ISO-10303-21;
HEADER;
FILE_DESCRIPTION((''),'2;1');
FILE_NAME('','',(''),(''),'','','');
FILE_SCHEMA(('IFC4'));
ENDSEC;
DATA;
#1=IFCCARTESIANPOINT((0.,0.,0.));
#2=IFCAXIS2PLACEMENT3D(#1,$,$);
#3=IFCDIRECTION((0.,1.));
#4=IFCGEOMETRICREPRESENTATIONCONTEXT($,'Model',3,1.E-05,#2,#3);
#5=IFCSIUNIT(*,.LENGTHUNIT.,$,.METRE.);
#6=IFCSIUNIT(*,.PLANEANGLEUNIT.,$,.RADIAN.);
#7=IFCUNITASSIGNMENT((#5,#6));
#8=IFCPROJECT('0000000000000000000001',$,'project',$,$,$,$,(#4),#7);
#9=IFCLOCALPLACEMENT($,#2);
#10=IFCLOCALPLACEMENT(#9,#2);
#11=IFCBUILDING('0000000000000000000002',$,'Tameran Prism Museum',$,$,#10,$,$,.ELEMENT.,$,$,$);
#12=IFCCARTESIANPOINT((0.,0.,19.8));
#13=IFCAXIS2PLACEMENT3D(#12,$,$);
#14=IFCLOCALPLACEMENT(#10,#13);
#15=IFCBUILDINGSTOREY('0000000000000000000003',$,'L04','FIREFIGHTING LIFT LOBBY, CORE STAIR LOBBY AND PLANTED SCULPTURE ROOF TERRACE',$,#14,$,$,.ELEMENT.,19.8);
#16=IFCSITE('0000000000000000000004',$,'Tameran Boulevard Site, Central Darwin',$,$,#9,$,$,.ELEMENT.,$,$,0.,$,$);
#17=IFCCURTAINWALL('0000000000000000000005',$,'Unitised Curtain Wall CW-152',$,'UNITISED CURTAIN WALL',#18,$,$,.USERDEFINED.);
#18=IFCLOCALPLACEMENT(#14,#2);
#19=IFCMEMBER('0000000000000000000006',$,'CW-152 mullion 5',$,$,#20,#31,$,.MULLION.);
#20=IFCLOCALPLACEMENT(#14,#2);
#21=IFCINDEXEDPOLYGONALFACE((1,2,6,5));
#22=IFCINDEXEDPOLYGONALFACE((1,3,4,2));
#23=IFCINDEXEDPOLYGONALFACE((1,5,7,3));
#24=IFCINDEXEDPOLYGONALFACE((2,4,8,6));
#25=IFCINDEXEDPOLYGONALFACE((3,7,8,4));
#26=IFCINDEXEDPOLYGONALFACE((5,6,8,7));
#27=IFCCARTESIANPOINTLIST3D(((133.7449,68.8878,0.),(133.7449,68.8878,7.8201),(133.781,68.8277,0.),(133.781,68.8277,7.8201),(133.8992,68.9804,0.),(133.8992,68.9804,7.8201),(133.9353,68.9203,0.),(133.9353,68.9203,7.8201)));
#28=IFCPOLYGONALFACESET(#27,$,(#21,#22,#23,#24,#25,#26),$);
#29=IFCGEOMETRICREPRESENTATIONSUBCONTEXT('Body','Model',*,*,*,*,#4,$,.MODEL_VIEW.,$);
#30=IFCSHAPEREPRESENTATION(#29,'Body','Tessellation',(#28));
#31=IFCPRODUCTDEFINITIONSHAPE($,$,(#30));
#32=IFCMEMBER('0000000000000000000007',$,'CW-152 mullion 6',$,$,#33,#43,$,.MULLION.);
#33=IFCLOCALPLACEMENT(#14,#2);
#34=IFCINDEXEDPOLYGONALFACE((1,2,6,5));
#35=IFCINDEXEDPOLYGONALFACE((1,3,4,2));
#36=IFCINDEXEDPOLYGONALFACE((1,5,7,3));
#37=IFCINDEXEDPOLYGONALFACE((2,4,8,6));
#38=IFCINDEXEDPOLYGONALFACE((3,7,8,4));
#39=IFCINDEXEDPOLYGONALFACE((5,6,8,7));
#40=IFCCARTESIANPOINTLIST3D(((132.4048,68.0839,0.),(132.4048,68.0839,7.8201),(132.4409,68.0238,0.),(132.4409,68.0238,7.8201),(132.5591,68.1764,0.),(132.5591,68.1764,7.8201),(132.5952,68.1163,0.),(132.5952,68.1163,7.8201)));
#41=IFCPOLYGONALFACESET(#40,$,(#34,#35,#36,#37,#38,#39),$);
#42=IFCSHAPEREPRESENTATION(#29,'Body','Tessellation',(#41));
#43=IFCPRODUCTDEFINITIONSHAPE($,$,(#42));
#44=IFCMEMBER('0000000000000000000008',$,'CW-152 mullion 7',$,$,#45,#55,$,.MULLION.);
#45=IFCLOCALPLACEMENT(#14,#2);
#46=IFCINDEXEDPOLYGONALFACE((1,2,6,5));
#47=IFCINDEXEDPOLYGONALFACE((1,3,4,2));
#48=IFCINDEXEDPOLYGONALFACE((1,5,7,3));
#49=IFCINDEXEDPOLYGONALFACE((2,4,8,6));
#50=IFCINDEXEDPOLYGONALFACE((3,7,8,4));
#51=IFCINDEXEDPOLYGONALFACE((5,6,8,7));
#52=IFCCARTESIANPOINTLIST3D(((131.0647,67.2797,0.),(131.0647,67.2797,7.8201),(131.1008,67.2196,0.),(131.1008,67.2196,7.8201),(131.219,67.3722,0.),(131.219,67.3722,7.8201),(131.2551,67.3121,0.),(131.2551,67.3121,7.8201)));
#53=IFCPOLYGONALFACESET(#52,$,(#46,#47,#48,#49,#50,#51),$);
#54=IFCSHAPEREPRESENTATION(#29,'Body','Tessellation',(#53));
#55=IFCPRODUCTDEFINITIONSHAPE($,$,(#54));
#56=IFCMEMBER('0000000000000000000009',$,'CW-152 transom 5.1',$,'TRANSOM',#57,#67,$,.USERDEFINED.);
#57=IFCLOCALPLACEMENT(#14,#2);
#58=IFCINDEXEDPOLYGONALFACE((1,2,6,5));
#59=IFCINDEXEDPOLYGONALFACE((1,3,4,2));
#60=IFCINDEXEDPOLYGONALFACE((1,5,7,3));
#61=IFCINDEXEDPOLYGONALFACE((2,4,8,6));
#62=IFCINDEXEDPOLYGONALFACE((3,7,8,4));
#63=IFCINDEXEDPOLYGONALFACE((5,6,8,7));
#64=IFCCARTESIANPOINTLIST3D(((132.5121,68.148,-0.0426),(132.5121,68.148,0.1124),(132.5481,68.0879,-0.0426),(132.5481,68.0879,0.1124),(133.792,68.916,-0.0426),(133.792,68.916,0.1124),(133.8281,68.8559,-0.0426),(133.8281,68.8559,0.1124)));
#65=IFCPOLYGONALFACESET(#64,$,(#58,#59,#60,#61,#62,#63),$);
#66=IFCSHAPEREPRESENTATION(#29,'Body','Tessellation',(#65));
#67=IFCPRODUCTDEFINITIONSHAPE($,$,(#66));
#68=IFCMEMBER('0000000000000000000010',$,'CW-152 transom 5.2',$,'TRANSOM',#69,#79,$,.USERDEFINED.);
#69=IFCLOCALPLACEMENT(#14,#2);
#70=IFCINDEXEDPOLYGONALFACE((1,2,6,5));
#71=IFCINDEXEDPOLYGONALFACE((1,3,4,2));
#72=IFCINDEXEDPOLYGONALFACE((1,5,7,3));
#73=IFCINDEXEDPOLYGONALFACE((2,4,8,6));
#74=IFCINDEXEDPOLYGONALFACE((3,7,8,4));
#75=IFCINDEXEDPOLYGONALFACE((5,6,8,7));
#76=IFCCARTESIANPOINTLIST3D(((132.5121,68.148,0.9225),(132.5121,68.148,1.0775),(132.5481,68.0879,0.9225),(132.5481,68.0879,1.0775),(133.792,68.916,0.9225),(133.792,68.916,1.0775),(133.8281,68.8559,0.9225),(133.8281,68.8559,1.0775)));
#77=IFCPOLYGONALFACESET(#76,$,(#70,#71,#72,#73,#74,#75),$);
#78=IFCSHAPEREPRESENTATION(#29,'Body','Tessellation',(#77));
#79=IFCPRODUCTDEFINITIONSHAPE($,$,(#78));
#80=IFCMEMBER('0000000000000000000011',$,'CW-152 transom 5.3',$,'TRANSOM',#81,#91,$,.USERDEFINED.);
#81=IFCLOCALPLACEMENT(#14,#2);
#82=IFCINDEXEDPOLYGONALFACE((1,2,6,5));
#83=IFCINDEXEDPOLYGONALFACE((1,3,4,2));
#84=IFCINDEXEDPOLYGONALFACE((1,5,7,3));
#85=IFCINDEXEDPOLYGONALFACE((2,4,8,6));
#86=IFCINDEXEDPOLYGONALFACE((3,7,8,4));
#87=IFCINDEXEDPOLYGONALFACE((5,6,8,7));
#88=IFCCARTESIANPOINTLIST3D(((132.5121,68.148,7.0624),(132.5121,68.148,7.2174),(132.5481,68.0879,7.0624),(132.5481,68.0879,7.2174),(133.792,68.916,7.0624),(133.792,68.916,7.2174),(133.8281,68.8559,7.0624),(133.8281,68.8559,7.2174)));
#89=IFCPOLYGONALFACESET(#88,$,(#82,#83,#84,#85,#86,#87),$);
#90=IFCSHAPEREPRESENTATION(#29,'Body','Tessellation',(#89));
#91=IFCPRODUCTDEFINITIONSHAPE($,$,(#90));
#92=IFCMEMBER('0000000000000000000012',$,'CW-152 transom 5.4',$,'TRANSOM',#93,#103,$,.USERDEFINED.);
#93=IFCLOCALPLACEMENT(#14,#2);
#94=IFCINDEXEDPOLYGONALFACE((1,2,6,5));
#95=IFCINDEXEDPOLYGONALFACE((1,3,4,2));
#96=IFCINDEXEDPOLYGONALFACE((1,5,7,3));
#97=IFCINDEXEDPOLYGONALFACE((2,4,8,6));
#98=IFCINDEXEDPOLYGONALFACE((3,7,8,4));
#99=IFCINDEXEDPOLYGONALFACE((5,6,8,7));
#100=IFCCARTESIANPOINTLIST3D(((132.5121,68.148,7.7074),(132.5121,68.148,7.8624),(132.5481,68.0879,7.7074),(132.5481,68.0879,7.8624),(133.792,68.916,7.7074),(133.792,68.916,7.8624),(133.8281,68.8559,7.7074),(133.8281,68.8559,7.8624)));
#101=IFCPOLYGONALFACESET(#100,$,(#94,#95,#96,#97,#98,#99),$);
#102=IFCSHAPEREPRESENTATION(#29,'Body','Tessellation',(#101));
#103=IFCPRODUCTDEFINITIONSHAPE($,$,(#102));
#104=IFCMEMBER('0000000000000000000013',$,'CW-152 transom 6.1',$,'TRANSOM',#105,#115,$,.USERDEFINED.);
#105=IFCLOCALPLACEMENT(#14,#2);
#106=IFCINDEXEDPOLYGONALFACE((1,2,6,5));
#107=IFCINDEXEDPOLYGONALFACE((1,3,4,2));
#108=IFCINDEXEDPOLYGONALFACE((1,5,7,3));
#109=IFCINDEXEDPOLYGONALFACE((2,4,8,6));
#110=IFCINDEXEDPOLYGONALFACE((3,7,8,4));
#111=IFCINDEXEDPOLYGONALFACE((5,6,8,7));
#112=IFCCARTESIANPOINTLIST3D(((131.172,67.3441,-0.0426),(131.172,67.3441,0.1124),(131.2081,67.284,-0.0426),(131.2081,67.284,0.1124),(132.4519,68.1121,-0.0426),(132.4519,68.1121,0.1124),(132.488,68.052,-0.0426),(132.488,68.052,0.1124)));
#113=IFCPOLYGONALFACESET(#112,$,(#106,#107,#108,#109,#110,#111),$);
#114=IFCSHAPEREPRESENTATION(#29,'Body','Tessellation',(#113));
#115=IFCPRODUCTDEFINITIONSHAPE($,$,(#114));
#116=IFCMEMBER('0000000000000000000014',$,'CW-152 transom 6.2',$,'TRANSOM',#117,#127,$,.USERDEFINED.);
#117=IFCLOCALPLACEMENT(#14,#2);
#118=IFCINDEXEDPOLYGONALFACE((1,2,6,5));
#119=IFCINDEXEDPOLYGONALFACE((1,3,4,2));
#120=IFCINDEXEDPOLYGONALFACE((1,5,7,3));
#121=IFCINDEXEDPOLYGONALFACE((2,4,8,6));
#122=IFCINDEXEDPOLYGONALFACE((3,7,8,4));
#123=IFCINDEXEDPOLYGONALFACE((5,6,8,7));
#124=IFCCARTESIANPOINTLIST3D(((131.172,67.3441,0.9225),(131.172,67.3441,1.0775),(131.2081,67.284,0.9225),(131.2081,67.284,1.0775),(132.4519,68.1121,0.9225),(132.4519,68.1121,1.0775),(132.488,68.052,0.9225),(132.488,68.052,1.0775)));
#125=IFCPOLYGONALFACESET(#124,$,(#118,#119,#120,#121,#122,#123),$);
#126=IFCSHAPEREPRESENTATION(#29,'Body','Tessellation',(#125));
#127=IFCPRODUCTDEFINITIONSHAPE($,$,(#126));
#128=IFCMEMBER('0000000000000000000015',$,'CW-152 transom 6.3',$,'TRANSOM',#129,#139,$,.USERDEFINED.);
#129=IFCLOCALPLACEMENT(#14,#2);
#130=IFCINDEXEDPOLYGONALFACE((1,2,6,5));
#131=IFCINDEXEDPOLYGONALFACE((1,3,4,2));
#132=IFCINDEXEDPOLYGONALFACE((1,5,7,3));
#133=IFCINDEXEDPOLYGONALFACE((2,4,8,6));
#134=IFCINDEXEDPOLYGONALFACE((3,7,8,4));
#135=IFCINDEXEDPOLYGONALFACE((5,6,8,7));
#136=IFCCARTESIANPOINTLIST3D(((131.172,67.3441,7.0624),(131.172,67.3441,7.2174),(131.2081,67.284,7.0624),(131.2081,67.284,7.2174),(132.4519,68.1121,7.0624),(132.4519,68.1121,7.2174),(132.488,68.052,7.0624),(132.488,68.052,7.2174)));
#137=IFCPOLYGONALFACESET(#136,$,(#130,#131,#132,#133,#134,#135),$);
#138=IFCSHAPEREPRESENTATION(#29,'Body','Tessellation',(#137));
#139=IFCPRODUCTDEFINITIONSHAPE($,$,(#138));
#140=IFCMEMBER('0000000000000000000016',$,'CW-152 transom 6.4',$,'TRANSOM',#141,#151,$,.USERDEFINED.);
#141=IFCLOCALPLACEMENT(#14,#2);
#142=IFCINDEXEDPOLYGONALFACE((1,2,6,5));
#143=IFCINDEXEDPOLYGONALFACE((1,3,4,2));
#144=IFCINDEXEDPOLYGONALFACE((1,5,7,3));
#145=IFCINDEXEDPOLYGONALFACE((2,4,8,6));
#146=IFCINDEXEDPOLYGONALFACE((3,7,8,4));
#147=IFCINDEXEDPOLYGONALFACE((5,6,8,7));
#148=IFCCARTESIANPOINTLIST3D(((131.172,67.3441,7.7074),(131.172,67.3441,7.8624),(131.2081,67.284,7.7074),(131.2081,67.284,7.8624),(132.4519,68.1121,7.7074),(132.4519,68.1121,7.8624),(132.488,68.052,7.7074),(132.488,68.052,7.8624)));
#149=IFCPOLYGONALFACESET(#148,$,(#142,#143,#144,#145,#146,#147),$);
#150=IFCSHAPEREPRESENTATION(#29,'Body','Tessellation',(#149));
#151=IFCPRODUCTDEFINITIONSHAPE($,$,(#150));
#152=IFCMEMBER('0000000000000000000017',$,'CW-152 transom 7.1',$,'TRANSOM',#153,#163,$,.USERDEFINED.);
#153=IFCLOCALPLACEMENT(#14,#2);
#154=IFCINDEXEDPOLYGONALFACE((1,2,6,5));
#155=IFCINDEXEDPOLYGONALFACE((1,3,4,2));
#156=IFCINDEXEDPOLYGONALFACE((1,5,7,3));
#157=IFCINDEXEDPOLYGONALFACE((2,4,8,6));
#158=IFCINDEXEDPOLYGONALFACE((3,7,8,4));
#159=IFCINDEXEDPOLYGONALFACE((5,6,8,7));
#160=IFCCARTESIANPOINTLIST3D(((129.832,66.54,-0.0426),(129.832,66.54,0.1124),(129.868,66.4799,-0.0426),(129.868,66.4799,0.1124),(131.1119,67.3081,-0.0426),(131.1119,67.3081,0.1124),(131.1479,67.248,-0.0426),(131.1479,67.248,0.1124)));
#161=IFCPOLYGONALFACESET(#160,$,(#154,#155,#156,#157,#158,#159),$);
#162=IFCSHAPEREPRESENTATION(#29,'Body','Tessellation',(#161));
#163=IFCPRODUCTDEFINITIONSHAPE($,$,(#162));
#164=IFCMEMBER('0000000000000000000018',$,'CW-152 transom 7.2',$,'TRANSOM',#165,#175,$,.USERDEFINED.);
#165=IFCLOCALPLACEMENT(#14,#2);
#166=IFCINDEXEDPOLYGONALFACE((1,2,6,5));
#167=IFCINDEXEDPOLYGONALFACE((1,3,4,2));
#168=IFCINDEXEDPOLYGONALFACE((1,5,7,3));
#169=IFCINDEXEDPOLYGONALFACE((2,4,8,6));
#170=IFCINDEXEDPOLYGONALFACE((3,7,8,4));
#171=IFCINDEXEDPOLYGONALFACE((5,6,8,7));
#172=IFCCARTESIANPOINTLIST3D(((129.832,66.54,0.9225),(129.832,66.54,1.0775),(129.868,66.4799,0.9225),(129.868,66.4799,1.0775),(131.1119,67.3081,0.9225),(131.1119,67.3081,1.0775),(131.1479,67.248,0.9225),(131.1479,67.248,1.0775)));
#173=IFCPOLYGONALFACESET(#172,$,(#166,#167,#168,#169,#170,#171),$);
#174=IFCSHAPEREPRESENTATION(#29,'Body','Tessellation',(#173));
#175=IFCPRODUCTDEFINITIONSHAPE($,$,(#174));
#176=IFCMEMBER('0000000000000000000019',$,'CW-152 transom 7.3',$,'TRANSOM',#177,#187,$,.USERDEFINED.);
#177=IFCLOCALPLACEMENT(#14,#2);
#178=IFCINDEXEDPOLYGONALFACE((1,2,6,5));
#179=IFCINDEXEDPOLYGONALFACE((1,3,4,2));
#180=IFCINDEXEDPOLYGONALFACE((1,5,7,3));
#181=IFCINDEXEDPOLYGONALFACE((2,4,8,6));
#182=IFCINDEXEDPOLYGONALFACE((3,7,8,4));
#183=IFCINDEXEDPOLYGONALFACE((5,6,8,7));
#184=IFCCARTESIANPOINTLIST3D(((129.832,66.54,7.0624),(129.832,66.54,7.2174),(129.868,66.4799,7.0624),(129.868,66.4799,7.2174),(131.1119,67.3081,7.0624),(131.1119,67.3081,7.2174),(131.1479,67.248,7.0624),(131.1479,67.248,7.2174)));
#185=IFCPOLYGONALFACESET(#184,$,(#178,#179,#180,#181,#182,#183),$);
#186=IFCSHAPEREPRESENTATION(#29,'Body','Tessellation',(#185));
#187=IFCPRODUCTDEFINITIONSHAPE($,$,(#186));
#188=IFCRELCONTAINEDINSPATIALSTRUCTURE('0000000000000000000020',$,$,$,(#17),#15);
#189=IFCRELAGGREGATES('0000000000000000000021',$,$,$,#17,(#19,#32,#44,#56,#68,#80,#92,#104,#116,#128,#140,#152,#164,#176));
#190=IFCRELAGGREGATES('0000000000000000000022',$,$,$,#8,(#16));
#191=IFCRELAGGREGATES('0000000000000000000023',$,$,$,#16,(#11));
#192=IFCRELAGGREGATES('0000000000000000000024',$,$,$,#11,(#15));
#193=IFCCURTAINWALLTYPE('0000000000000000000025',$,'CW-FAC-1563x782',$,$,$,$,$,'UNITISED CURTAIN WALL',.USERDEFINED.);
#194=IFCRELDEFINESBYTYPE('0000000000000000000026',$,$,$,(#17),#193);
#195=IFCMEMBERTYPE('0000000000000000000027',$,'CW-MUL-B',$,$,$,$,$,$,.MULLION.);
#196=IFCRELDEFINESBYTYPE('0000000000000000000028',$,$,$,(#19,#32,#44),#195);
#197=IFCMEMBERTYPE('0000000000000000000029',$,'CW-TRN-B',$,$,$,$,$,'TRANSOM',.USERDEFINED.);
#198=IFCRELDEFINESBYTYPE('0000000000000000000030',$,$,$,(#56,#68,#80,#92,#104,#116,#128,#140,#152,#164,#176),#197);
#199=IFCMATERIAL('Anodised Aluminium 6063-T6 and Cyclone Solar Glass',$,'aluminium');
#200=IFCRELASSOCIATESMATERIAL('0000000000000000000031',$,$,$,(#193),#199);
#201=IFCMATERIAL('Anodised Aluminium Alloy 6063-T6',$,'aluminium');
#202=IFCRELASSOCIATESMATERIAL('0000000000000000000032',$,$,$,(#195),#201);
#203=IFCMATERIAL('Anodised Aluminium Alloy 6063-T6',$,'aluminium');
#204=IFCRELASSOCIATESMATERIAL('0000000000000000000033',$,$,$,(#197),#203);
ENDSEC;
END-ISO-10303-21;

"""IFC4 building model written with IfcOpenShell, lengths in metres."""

from ifc_helpers import new_model, si_unit, direction, frame, origin, origin_2d, place, context, subcontext, project, spatial, rectangle, extrude, material, material_profile, profile_set, type_object, element, aggregate, save


model = new_model("IFC4")

# Units and contexts
model_context = context("Model", 3, precision=1e-05, world=origin(), true_north=direction((0.0, 1.0)))
body_context = subcontext(model_context, "Body", "Model", "MODEL_VIEW")
ifc_project = project(units=[si_unit("LENGTHUNIT", "METRE"), si_unit("PLANEANGLEUNIT", "RADIAN")], contexts=[model_context])

# Site, building, storey
site_placement = place(None, origin())
site = spatial("IfcSite", under=ifc_project, at=site_placement, Name="Tameran Boulevard Site, Central Darwin", CompositionType="ELEMENT", RefElevation=0.0)
building_placement = place(site_placement, origin())
building = spatial("IfcBuilding", under=site, at=building_placement, Name="Tameran Prism Museum", CompositionType="ELEMENT")
storey_placement = place(building_placement, frame((0.0, 0.0, 19.8)))
storey = spatial("IfcBuildingStorey", under=building, at=storey_placement, Name="L04", Description="FIREFIGHTING LIFT LOBBY, CORE STAIR LOBBY AND PLANTED SCULPTURE ROOF TERRACE", CompositionType="ELEMENT", Elevation=19.8)

# Curtain wall, members
ifc_material_1 = material(Name="Anodised Aluminium 6063-T6 and Cyclone Solar Glass", Category="aluminium")
curtain_wall_type = type_object("IfcCurtainWallType", Name="CW-FAC-1563x782", ElementType="UNITISED CURTAIN WALL", PredefinedType="USERDEFINED", material=ifc_material_1)
curtain_wall_placement = place(storey_placement, origin())
curtain_wall = element("IfcCurtainWall", 1, at=curtain_wall_placement, inside=storey, type_object=curtain_wall_type, Name="Unitised Curtain Wall CW-152", ObjectType="UNITISED CURTAIN WALL", PredefinedType="USERDEFINED")
ifc_material_2 = material(Name="Anodised Aluminium Alloy 6063-T6", Category="aluminium")
ifc_material_profile_1 = material_profile(ifc_material_2, rectangle(XDim=0.0701, YDim=0.1799, at=origin_2d()))
ifc_profile_set_1 = profile_set([ifc_material_profile_1])
member_type_1 = type_object("IfcMemberType", Name="CW-MUL-B", PredefinedType="MULLION", material=ifc_profile_set_1)
member_1_placement = place(storey_placement, frame((133.8401, 68.9041, 0.0), z_axis=(0.0, 0.0, 1.0), x_axis=(0.514496, -0.857493, 0.0)))
member_1 = element("IfcMember", 2, at=member_1_placement, type_object=member_type_1, Name="CW-152 mullion 5", PredefinedType="MULLION", context=body_context, shape_type="SweptSolid", body=[
    extrude(rectangle(XDim=0.0701, YDim=0.1799, at=origin_2d()), origin(), (0.0, 0.0, 1.0), 7.8201),
])
member_2_placement = place(storey_placement, frame((132.5, 68.1001, 0.0), z_axis=(0.0, 0.0, 1.0), x_axis=(0.514496, -0.857493, 0.0)))
member_2 = element("IfcMember", 3, at=member_2_placement, type_object=member_type_1, Name="CW-152 mullion 6", PredefinedType="MULLION", context=body_context, shape_type="SweptSolid", body=[
    extrude(rectangle(XDim=0.0701, YDim=0.1799, at=origin_2d()), origin(), (0.0, 0.0, 1.0), 7.8201),
])
member_3_placement = place(storey_placement, frame((131.1599, 67.2959, 0.0), z_axis=(0.0, 0.0, 1.0), x_axis=(0.514496, -0.857493, 0.0)))
member_3 = element("IfcMember", 4, at=member_3_placement, type_object=member_type_1, Name="CW-152 mullion 7", PredefinedType="MULLION", context=body_context, shape_type="SweptSolid", body=[
    extrude(rectangle(XDim=0.0701, YDim=0.1799, at=origin_2d()), origin(), (0.0, 0.0, 1.0), 7.8201),
])
ifc_material_3 = material(Name="Anodised Aluminium Alloy 6063-T6", Category="aluminium")
ifc_material_profile_2 = material_profile(ifc_material_3, rectangle(XDim=0.0701, YDim=0.155, at=origin_2d()))
ifc_profile_set_2 = profile_set([ifc_material_profile_2])
member_type_2 = type_object("IfcMemberType", Name="CW-TRN-B", ElementType="TRANSOM", PredefinedType="USERDEFINED", material=ifc_profile_set_2)
member_4_placement = place(storey_placement, frame((133.8101, 68.886, 0.0349), z_axis=(-0.857478, -0.51452, 0.0), x_axis=(0.51452, -0.857478, 0.0)))
member_4 = element("IfcMember", 5, at=member_4_placement, type_object=member_type_2, Name="CW-152 transom 5.1", ObjectType="TRANSOM", PredefinedType="USERDEFINED", context=body_context, shape_type="SweptSolid", body=[
    extrude(rectangle(XDim=0.0701, YDim=0.155, at=origin_2d()), origin(), (0.0, 0.0, 1.0), 1.4927),
])
member_5_placement = place(storey_placement, frame((133.8101, 68.886, 1.0), z_axis=(-0.857478, -0.51452, 0.0), x_axis=(0.51452, -0.857478, 0.0)))
member_5 = element("IfcMember", 6, at=member_5_placement, type_object=member_type_2, Name="CW-152 transom 5.2", ObjectType="TRANSOM", PredefinedType="USERDEFINED", context=body_context, shape_type="SweptSolid", body=[
    extrude(rectangle(XDim=0.0701, YDim=0.155, at=origin_2d()), origin(), (0.0, 0.0, 1.0), 1.4927),
])
member_6_placement = place(storey_placement, frame((133.8101, 68.886, 7.1399), z_axis=(-0.857478, -0.51452, 0.0), x_axis=(0.51452, -0.857478, 0.0)))
member_6 = element("IfcMember", 7, at=member_6_placement, type_object=member_type_2, Name="CW-152 transom 5.3", ObjectType="TRANSOM", PredefinedType="USERDEFINED", context=body_context, shape_type="SweptSolid", body=[
    extrude(rectangle(XDim=0.0701, YDim=0.155, at=origin_2d()), origin(), (0.0, 0.0, 1.0), 1.4927),
])
member_7_placement = place(storey_placement, frame((133.8101, 68.886, 7.7849), z_axis=(-0.857478, -0.51452, 0.0), x_axis=(0.51452, -0.857478, 0.0)))
member_7 = element("IfcMember", 8, at=member_7_placement, type_object=member_type_2, Name="CW-152 transom 5.4", ObjectType="TRANSOM", PredefinedType="USERDEFINED", context=body_context, shape_type="SweptSolid", body=[
    extrude(rectangle(XDim=0.0701, YDim=0.155, at=origin_2d()), origin(), (0.0, 0.0, 1.0), 1.4927),
])
member_8_placement = place(storey_placement, frame((132.47, 68.082, 0.0349), z_axis=(-0.857478, -0.51452, 0.0), x_axis=(0.51452, -0.857478, 0.0)))
member_8 = element("IfcMember", 9, at=member_8_placement, type_object=member_type_2, Name="CW-152 transom 6.1", ObjectType="TRANSOM", PredefinedType="USERDEFINED", context=body_context, shape_type="SweptSolid", body=[
    extrude(rectangle(XDim=0.0701, YDim=0.155, at=origin_2d()), origin(), (0.0, 0.0, 1.0), 1.4927),
])
member_9_placement = place(storey_placement, frame((132.47, 68.082, 1.0), z_axis=(-0.857478, -0.51452, 0.0), x_axis=(0.51452, -0.857478, 0.0)))
member_9 = element("IfcMember", 10, at=member_9_placement, type_object=member_type_2, Name="CW-152 transom 6.2", ObjectType="TRANSOM", PredefinedType="USERDEFINED", context=body_context, shape_type="SweptSolid", body=[
    extrude(rectangle(XDim=0.0701, YDim=0.155, at=origin_2d()), origin(), (0.0, 0.0, 1.0), 1.4927),
])
member_10_placement = place(storey_placement, frame((132.47, 68.082, 7.1399), z_axis=(-0.857478, -0.51452, 0.0), x_axis=(0.51452, -0.857478, 0.0)))
member_10 = element("IfcMember", 11, at=member_10_placement, type_object=member_type_2, Name="CW-152 transom 6.3", ObjectType="TRANSOM", PredefinedType="USERDEFINED", context=body_context, shape_type="SweptSolid", body=[
    extrude(rectangle(XDim=0.0701, YDim=0.155, at=origin_2d()), origin(), (0.0, 0.0, 1.0), 1.4927),
])
member_11_placement = place(storey_placement, frame((132.47, 68.082, 7.7849), z_axis=(-0.857478, -0.51452, 0.0), x_axis=(0.51452, -0.857478, 0.0)))
member_11 = element("IfcMember", 12, at=member_11_placement, type_object=member_type_2, Name="CW-152 transom 6.4", ObjectType="TRANSOM", PredefinedType="USERDEFINED", context=body_context, shape_type="SweptSolid", body=[
    extrude(rectangle(XDim=0.0701, YDim=0.155, at=origin_2d()), origin(), (0.0, 0.0, 1.0), 1.4927),
])
member_12_placement = place(storey_placement, frame((131.1299, 67.2781, 0.0349), z_axis=(-0.857435, -0.514592, 0.0), x_axis=(0.514592, -0.857435, 0.0)))
member_12 = element("IfcMember", 13, at=member_12_placement, type_object=member_type_2, Name="CW-152 transom 7.1", ObjectType="TRANSOM", PredefinedType="USERDEFINED", context=body_context, shape_type="SweptSolid", body=[
    extrude(rectangle(XDim=0.0701, YDim=0.155, at=origin_2d()), origin(), (0.0, 0.0, 1.0), 1.4927),
])
member_13_placement = place(storey_placement, frame((131.1299, 67.2781, 1.0), z_axis=(-0.857435, -0.514592, 0.0), x_axis=(0.514592, -0.857435, 0.0)))
member_13 = element("IfcMember", 14, at=member_13_placement, type_object=member_type_2, Name="CW-152 transom 7.2", ObjectType="TRANSOM", PredefinedType="USERDEFINED", context=body_context, shape_type="SweptSolid", body=[
    extrude(rectangle(XDim=0.0701, YDim=0.155, at=origin_2d()), origin(), (0.0, 0.0, 1.0), 1.4927),
])
member_14_placement = place(storey_placement, frame((131.1299, 67.2781, 7.1399), z_axis=(-0.857435, -0.514592, 0.0), x_axis=(0.514592, -0.857435, 0.0)))
member_14 = element("IfcMember", 15, at=member_14_placement, type_object=member_type_2, Name="CW-152 transom 7.3", ObjectType="TRANSOM", PredefinedType="USERDEFINED", context=body_context, shape_type="SweptSolid", body=[
    extrude(rectangle(XDim=0.0701, YDim=0.155, at=origin_2d()), origin(), (0.0, 0.0, 1.0), 1.4927),
])
aggregate(curtain_wall, [member_1, member_2, member_3, member_4, member_5, member_6, member_7, member_8, member_9, member_10, member_11, member_12, member_13, member_14])

save(model, "model.ifc")
